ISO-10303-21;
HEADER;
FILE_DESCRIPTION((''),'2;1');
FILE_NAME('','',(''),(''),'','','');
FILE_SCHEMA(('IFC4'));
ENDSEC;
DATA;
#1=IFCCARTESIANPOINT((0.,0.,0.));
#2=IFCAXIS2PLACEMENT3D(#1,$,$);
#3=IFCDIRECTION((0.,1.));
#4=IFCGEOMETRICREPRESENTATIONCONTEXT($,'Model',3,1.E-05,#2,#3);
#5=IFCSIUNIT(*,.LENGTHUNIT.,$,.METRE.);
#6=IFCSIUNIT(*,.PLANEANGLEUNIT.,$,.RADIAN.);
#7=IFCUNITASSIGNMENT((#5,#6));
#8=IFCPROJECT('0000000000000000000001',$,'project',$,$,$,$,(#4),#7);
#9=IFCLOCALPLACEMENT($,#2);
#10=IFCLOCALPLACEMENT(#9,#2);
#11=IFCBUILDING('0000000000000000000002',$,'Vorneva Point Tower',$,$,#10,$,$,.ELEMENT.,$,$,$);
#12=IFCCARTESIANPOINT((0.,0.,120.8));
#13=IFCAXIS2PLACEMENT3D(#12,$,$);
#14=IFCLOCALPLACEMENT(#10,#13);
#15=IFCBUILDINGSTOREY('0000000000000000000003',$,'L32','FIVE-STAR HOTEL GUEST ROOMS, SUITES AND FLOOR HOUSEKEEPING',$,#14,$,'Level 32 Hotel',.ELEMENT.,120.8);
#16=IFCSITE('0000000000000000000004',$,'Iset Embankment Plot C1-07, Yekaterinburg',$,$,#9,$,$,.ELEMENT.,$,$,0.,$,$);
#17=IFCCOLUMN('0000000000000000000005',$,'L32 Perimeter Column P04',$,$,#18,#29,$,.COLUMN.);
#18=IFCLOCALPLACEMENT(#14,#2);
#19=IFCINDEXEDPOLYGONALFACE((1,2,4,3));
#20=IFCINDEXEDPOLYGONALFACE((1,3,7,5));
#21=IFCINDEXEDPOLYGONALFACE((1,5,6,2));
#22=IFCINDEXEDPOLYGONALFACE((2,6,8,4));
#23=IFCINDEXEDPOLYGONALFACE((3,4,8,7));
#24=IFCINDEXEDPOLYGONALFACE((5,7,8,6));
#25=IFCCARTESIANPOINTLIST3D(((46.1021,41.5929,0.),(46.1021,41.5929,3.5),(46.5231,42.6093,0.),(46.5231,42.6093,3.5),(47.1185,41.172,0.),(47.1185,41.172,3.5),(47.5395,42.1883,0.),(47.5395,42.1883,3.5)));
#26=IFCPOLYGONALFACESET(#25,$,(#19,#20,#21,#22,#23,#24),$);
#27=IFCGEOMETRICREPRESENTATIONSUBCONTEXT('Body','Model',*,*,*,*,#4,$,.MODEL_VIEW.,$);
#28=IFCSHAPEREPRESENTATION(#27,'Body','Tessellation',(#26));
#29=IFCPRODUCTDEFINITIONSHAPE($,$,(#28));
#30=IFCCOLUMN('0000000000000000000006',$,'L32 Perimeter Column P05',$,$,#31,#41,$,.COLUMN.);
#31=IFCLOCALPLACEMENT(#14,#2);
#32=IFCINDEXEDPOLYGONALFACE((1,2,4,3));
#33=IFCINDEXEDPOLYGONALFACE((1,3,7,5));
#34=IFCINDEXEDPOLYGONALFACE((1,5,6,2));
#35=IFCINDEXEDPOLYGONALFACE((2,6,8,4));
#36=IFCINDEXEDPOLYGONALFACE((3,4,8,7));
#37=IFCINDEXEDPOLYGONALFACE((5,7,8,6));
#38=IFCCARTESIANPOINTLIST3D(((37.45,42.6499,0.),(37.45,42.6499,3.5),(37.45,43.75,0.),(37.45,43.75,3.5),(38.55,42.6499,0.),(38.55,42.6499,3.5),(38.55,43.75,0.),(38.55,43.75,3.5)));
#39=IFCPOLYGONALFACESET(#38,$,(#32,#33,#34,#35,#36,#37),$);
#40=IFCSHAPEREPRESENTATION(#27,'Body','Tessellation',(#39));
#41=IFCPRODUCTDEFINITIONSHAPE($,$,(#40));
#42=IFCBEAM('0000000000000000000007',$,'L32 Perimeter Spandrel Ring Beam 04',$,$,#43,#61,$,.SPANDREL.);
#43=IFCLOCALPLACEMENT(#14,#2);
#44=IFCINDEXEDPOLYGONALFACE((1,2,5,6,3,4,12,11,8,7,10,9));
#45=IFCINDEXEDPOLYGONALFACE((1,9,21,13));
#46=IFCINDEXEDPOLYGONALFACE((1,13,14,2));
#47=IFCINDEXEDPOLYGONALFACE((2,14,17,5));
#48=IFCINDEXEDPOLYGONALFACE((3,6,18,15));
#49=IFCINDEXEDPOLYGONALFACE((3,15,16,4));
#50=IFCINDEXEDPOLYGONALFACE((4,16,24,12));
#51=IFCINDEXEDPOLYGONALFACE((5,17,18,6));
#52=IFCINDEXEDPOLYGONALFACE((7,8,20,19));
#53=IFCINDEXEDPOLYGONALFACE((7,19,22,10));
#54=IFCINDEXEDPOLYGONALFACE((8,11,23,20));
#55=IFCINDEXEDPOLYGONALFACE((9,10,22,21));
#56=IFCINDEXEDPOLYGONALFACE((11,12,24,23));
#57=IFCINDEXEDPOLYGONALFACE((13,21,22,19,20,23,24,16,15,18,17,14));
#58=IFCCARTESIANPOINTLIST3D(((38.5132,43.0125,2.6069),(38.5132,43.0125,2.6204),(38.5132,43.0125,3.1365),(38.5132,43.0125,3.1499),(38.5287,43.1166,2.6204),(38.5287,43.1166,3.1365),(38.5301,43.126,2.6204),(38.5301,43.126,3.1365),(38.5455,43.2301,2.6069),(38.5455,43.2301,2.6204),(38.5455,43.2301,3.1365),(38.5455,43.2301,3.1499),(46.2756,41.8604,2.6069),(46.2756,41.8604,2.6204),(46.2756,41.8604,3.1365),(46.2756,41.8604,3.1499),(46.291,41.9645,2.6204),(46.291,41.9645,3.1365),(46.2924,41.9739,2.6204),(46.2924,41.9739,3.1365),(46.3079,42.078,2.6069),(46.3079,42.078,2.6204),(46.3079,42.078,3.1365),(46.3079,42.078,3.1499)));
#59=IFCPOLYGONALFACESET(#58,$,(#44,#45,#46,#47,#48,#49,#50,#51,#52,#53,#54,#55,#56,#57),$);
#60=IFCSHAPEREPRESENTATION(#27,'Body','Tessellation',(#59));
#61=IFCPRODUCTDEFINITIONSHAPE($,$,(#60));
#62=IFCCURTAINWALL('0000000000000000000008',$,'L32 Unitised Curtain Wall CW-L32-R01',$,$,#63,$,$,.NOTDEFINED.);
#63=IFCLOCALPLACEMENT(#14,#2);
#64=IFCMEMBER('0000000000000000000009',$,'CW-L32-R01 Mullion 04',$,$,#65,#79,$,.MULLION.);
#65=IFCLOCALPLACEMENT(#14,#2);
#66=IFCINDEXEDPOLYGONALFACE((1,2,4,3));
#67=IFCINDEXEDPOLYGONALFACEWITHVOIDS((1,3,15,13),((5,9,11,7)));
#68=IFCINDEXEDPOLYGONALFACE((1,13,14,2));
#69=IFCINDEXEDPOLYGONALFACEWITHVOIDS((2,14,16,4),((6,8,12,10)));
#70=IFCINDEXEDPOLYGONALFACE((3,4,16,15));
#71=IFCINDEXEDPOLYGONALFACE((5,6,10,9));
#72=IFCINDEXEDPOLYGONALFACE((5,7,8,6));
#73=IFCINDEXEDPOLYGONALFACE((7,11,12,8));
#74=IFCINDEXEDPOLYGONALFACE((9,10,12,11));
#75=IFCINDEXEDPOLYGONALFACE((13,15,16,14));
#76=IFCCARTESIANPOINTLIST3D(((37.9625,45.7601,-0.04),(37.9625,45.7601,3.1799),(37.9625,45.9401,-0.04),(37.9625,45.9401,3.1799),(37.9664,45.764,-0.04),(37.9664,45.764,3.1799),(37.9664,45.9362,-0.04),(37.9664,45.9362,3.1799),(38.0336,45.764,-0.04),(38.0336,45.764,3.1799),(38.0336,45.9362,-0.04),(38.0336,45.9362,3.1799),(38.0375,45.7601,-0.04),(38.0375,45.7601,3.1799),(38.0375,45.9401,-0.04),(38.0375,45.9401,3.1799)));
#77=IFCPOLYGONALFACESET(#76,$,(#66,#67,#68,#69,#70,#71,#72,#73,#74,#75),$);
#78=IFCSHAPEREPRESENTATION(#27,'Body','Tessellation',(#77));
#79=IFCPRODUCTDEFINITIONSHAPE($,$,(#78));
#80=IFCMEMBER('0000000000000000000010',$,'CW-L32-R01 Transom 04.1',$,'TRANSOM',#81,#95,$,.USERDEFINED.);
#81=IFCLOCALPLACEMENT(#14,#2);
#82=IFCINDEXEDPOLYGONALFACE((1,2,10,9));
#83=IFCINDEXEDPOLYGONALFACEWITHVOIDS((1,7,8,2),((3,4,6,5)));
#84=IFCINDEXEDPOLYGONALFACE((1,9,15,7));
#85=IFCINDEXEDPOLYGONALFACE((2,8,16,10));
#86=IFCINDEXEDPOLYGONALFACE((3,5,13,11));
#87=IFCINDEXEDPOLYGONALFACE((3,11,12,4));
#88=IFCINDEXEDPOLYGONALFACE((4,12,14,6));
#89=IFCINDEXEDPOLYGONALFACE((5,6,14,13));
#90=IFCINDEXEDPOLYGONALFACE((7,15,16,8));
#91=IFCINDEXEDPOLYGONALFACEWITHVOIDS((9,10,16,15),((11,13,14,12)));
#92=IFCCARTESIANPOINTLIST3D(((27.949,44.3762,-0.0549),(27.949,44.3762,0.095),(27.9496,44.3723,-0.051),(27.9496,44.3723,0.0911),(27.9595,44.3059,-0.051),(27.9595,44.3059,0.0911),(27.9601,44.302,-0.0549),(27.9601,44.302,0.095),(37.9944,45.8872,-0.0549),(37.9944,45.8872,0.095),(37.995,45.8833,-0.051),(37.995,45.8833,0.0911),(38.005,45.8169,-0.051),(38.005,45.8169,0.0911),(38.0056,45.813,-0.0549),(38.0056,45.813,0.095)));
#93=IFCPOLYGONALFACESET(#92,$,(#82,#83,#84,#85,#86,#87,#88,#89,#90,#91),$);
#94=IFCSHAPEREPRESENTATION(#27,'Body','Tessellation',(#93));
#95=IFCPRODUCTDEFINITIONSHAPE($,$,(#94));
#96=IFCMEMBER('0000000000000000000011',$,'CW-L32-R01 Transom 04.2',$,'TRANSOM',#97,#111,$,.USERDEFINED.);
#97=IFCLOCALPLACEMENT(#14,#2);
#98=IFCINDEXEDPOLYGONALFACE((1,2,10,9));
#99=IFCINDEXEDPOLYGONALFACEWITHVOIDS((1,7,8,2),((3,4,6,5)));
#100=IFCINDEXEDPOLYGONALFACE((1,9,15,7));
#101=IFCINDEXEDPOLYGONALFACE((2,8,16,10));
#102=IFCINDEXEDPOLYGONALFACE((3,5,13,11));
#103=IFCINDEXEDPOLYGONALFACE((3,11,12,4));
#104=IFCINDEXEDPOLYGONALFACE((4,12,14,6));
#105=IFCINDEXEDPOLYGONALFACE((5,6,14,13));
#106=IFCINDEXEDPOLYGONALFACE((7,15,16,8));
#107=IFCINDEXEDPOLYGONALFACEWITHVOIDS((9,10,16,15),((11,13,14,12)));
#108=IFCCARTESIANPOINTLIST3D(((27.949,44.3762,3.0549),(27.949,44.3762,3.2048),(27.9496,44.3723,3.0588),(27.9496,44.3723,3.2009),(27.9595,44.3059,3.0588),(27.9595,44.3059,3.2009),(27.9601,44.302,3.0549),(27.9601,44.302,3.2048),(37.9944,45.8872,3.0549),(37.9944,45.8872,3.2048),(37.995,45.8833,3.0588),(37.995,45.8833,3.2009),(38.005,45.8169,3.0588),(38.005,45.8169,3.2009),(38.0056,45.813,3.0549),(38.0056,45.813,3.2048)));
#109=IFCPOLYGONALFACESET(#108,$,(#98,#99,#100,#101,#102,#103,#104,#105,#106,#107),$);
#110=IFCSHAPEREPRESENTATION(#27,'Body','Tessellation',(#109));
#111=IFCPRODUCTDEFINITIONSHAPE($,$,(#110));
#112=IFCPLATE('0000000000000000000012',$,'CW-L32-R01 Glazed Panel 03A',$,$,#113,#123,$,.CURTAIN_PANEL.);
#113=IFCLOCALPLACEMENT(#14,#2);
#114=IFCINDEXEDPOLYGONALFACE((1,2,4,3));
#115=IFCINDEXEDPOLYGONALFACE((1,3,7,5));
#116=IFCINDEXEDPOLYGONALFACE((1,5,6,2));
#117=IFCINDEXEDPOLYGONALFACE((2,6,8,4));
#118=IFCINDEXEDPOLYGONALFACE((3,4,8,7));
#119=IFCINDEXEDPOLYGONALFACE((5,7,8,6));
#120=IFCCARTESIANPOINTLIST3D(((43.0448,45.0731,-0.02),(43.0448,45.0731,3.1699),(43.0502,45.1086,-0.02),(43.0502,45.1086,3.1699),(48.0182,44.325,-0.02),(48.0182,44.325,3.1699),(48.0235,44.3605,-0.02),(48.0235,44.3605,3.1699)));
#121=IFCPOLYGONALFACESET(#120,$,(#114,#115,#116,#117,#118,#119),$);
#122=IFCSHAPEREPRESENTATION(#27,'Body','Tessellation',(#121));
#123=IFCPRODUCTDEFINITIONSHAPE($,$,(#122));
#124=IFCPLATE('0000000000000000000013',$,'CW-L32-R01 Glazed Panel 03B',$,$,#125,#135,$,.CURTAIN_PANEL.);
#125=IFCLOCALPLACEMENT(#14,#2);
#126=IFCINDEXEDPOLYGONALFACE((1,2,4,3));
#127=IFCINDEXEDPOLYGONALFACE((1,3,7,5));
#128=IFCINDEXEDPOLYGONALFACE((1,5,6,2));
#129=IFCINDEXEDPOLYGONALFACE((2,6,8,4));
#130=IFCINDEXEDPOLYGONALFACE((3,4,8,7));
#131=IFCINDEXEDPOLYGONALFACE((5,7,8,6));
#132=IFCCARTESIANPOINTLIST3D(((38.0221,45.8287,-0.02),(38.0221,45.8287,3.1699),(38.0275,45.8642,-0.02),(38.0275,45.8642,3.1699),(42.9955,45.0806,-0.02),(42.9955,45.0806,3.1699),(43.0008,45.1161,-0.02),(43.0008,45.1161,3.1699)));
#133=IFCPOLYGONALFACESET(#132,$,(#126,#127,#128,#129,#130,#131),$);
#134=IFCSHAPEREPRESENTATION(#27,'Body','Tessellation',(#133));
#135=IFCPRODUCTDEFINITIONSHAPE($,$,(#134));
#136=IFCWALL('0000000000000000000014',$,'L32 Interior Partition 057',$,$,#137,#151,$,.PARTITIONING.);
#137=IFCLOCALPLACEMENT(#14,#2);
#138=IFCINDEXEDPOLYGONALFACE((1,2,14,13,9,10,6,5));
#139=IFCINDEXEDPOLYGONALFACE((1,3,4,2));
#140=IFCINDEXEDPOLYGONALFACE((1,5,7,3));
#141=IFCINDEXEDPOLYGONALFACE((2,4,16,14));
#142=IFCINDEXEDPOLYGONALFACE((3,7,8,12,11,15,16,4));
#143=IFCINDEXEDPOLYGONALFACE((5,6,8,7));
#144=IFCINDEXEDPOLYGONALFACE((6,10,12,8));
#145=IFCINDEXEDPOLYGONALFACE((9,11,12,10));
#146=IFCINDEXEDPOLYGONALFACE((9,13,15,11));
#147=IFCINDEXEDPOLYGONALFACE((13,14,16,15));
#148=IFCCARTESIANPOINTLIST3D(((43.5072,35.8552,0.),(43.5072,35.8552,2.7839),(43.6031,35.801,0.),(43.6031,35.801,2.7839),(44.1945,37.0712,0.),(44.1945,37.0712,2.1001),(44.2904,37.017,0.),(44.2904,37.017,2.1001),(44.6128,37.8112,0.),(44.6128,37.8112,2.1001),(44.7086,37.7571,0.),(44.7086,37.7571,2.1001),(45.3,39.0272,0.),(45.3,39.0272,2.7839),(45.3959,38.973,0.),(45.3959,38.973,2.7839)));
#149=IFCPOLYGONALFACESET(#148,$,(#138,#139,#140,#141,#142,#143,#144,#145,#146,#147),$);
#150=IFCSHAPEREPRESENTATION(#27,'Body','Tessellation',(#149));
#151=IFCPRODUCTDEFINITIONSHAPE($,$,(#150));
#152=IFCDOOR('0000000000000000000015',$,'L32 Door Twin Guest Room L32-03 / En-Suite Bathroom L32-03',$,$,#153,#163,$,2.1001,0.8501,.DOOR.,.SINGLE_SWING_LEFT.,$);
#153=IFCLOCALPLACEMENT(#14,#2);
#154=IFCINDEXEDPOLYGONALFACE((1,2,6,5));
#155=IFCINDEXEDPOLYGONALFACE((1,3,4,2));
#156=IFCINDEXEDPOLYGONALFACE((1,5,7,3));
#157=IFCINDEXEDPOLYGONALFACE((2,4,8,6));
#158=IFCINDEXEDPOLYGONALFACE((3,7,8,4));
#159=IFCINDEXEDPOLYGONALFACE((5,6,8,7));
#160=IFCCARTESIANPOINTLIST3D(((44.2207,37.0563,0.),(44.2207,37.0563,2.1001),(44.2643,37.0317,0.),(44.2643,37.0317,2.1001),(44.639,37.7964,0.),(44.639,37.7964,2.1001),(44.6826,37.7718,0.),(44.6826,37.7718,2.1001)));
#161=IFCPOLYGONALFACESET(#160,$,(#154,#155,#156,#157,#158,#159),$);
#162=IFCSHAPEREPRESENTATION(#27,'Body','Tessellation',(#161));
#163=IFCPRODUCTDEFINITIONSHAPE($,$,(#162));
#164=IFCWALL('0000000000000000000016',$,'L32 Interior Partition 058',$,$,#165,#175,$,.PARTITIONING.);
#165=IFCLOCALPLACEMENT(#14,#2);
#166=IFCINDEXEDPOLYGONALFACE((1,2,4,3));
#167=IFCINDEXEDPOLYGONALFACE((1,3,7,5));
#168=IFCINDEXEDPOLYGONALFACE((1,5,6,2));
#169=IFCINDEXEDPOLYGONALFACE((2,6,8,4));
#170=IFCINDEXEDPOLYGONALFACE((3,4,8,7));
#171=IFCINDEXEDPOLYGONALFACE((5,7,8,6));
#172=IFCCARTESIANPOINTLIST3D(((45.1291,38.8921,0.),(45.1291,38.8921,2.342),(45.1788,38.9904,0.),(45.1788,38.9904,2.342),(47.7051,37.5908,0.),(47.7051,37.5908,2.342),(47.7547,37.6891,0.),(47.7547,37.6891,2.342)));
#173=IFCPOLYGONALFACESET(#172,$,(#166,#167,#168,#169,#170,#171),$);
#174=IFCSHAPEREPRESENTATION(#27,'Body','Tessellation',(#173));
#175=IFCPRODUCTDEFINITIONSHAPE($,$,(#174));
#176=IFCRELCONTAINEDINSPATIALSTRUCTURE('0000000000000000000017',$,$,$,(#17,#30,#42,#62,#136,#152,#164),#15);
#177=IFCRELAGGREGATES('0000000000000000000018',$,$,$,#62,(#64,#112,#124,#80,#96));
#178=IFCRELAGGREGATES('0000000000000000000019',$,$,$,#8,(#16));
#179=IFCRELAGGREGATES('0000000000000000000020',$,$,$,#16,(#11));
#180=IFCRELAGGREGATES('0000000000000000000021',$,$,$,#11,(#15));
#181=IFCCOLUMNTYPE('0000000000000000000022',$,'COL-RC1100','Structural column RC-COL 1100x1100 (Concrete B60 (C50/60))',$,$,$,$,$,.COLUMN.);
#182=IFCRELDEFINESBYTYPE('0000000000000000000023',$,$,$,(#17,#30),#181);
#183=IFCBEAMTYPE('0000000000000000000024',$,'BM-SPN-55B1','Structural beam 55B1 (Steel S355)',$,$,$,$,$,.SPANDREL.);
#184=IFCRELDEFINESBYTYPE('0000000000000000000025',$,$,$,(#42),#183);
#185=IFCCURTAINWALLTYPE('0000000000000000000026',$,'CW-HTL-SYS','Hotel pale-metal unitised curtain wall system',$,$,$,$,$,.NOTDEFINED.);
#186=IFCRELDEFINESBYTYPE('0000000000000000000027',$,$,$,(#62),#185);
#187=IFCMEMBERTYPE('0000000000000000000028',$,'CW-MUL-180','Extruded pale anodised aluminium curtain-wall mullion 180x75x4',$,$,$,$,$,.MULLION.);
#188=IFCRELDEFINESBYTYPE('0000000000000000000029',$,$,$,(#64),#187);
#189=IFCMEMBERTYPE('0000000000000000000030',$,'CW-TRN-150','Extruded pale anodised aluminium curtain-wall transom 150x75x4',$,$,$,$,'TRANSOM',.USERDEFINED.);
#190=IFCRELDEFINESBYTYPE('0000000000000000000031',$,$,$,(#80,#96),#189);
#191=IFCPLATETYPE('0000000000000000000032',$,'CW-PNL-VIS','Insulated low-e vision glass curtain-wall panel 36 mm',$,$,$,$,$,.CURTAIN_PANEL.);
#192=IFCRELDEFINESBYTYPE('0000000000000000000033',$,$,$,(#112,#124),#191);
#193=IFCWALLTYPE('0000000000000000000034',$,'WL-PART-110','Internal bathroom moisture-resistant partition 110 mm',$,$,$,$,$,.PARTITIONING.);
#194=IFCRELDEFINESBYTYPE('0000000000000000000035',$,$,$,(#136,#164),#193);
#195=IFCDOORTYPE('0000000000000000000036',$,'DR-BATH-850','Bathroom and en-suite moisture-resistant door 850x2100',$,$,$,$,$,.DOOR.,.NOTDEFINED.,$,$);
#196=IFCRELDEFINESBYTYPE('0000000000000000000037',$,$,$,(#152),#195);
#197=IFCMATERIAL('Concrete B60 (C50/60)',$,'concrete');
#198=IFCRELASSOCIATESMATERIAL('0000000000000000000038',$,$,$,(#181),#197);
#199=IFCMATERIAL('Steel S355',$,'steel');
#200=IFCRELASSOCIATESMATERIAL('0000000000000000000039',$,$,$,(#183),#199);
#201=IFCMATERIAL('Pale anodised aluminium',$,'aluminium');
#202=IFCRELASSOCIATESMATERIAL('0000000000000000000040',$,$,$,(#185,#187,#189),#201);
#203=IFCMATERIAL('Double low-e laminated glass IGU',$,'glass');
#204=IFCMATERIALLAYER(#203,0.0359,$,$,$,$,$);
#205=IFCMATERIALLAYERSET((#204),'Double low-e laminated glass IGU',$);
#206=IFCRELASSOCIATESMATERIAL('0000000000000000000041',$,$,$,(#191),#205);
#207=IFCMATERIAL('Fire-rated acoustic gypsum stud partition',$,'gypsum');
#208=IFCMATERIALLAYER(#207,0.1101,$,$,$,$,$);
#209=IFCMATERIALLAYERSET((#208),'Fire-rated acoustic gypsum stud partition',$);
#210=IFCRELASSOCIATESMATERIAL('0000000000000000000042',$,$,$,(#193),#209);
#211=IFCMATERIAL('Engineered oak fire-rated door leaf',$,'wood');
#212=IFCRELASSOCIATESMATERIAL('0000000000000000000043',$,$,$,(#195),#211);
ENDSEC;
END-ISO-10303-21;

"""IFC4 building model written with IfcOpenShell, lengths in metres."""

from ifc_helpers import new_model, si_unit, direction, frame, frame_2d, origin, origin_2d, place, context, subcontext, project, spatial, rectangle, hollow_rectangle, i_section, extrude, material, layer, layer_set, material_profile, profile_set, type_object, element, fill, aggregate, save


model = new_model("IFC4")

# Units and contexts
model_context = context("Model", 3, precision=1e-05, world=origin(), true_north=direction((0.0, 1.0)))
body_context = subcontext(model_context, "Body", "Model", "MODEL_VIEW")
ifc_project = project(units=[si_unit("LENGTHUNIT", "METRE"), si_unit("PLANEANGLEUNIT", "RADIAN")], contexts=[model_context])

# Site, building, storey
site_placement = place(None, origin())
site = spatial("IfcSite", under=ifc_project, at=site_placement, Name="Iset Embankment Plot C1-07, Yekaterinburg", CompositionType="ELEMENT", RefElevation=0.0)
building_placement = place(site_placement, origin())
building = spatial("IfcBuilding", under=site, at=building_placement, Name="Vorneva Point Tower", CompositionType="ELEMENT")
storey_placement = place(building_placement, frame((0.0, 0.0, 120.8)))
storey = spatial("IfcBuildingStorey", under=building, at=storey_placement, Name="L32", Description="FIVE-STAR HOTEL GUEST ROOMS, SUITES AND FLOOR HOUSEKEEPING", LongName="Level 32 Hotel", CompositionType="ELEMENT", Elevation=120.8)

# Columns
ifc_material_1 = material(Name="Concrete B60 (C50/60)", Category="concrete")
ifc_material_profile_1 = material_profile(ifc_material_1, rectangle(XDim=1.1001, YDim=1.1001, at=origin_2d()), Name="RC-COL 1100x1100")
ifc_profile_set_1 = profile_set([ifc_material_profile_1], Name="Concrete B60 (C50/60)")
column_type = type_object("IfcColumnType", Name="COL-RC1100", Description="Structural column RC-COL 1100x1100 (Concrete B60 (C50/60))", PredefinedType="COLUMN", material=ifc_profile_set_1)
for number, where, z_axis, x_axis, name in (
    (1, (46.8208, 41.8906, 0.0), (0.0, 0.0, 1.0), (0.382683, 0.92388, 0.0), "L32 Perimeter Column P04"),
    (2, (38.0, 43.2, 0.0), (0.0, 0.0, 1.0), (0.0, 1.0, 0.0), "L32 Perimeter Column P05"),
):
    element("IfcColumn", number, at=place(storey_placement, frame(where, z_axis=z_axis, x_axis=x_axis)), inside=storey, type_object=column_type, Name=name, PredefinedType="COLUMN", context=body_context, shape_type="SweptSolid", body=[
        extrude(rectangle(XDim=1.1001, YDim=1.1001, at=origin_2d()), origin(), (0.0, 0.0, 1.0), 3.5),
    ])

# Beam
ifc_material_2 = material(Name="Steel S355", Category="steel")
ifc_material_profile_2 = material_profile(ifc_material_2, i_section(OverallWidth=0.22, OverallDepth=0.543, WebThickness=0.0095, FlangeThickness=0.0134, at=origin_2d()), Name="55B1")
ifc_profile_set_2 = profile_set([ifc_material_profile_2], Name="Steel S355")
beam_type = type_object("IfcBeamType", Name="BM-SPN-55B1", Description="Structural beam 55B1 (Steel S355)", PredefinedType="SPANDREL", material=ifc_profile_set_2)
beam_placement = place(storey_placement, frame((46.2917, 41.9692, 2.8784), z_axis=(-0.989165, 0.146811, 0.0), x_axis=(-0.146811, -0.989165, 0.0)))
element("IfcBeam", 3, at=beam_placement, inside=storey, type_object=beam_type, Name="L32 Perimeter Spandrel Ring Beam 04", PredefinedType="SPANDREL", context=body_context, shape_type="SweptSolid", body=[
    extrude(i_section(OverallWidth=0.22, OverallDepth=0.543, WebThickness=0.0095, FlangeThickness=0.0134, at=origin_2d()), origin(), (0.0, 0.0, 1.0), 7.8474),
])

# Curtain wall, members, plates
ifc_material_3 = material(Name="Pale anodised aluminium", Category="aluminium")
curtain_wall_type = type_object("IfcCurtainWallType", Name="CW-HTL-SYS", Description="Hotel pale-metal unitised curtain wall system", PredefinedType="NOTDEFINED", material=ifc_material_3)
curtain_wall_placement = place(storey_placement, origin())
curtain_wall = element("IfcCurtainWall", 4, at=curtain_wall_placement, inside=storey, type_object=curtain_wall_type, Name="L32 Unitised Curtain Wall CW-L32-R01", PredefinedType="NOTDEFINED")
ifc_material_profile_3 = material_profile(ifc_material_3, hollow_rectangle(XDim=0.075, YDim=0.1799, WallThickness=0.0039, at=origin_2d()), Name="AL-MUL 180x75x4")
ifc_profile_set_3 = profile_set([ifc_material_profile_3], Name="Pale anodised aluminium")
member_type_1 = type_object("IfcMemberType", Name="CW-MUL-180", Description="Extruded pale anodised aluminium curtain-wall mullion 180x75x4", PredefinedType="MULLION", material=ifc_profile_set_3)
member_1_placement = place(storey_placement, frame((38.0, 45.8501, -0.04), z_axis=(0.0, 0.0, 1.0), x_axis=(1.0, 0.0, 0.0)))
member_1 = element("IfcMember", 5, at=member_1_placement, type_object=member_type_1, Name="CW-L32-R01 Mullion 04", PredefinedType="MULLION", context=body_context, shape_type="SweptSolid", body=[
    extrude(hollow_rectangle(XDim=0.075, YDim=0.1799, WallThickness=0.0039, at=origin_2d()), origin(), (0.0, 0.0, 1.0), 3.22),
])
ifc_material_profile_4 = material_profile(ifc_material_3, hollow_rectangle(XDim=0.075, YDim=0.1499, WallThickness=0.0039, at=origin_2d()), Name="AL-TRN 150x75x4")
ifc_profile_set_4 = profile_set([ifc_material_profile_4], Name="Pale anodised aluminium")
member_type_2 = type_object("IfcMemberType", Name="CW-TRN-150", Description="Extruded pale anodised aluminium curtain-wall transom 150x75x4", ElementType="TRANSOM", PredefinedType="USERDEFINED", material=ifc_profile_set_4)
member_2_placement = place(storey_placement, frame((38.0, 45.8501, 0.02), z_axis=(-0.988876, -0.148742, 0.0), x_axis=(0.148742, -0.988876, 0.0)))
member_2 = element("IfcMember", 6, at=member_2_placement, type_object=member_type_2, Name="CW-L32-R01 Transom 04.1", ObjectType="TRANSOM", PredefinedType="USERDEFINED", context=body_context, shape_type="SweptSolid", body=[
    extrude(hollow_rectangle(XDim=0.075, YDim=0.1499, WallThickness=0.0039, at=origin_2d()), origin(), (0.0, 0.0, 1.0), 10.1584),
])
member_3_placement = place(storey_placement, frame((38.0, 45.8501, 3.1299), z_axis=(-0.988876, -0.148742, 0.0), x_axis=(0.148742, -0.988876, 0.0)))
member_3 = element("IfcMember", 7, at=member_3_placement, type_object=member_type_2, Name="CW-L32-R01 Transom 04.2", ObjectType="TRANSOM", PredefinedType="USERDEFINED", context=body_context, shape_type="SweptSolid", body=[
    extrude(hollow_rectangle(XDim=0.075, YDim=0.1499, WallThickness=0.0039, at=origin_2d()), origin(), (0.0, 0.0, 1.0), 10.1584),
])
ifc_material_4 = material(Name="Double low-e laminated glass IGU", Category="glass")
ifc_layer_1 = layer(ifc_material_4, 0.0359)
ifc_layer_set_1 = layer_set([ifc_layer_1], Name="Double low-e laminated glass IGU")
plate_type = type_object("IfcPlateType", Name="CW-PNL-VIS", Description="Insulated low-e vision glass curtain-wall panel 36 mm", PredefinedType="CURTAIN_PANEL", material=ifc_layer_set_1)
plate_1_placement = place(storey_placement, frame((45.5342, 44.7168, -0.02), z_axis=(0.0, 0.0, 1.0), x_axis=(-0.988876, 0.148741, 0.0)))
plate_1 = element("IfcPlate", 8, at=plate_1_placement, type_object=plate_type, Name="CW-L32-R01 Glazed Panel 03A", PredefinedType="CURTAIN_PANEL", context=body_context, shape_type="SweptSolid", body=[
    extrude(rectangle(XDim=5.0293, YDim=0.0359, at=origin_2d()), origin(), (0.0, 0.0, 1.0), 3.1899),
])
plate_2_placement = place(storey_placement, frame((40.5115, 45.4724, -0.02), z_axis=(0.0, 0.0, 1.0), x_axis=(-0.988876, 0.148741, 0.0)))
plate_2 = element("IfcPlate", 9, at=plate_2_placement, type_object=plate_type, Name="CW-L32-R01 Glazed Panel 03B", PredefinedType="CURTAIN_PANEL", context=body_context, shape_type="SweptSolid", body=[
    extrude(rectangle(XDim=5.0293, YDim=0.0359, at=origin_2d()), origin(), (0.0, 0.0, 1.0), 3.1899),
])
aggregate(curtain_wall, [member_1, plate_1, plate_2, member_2, member_3])

# Wall, opening, door
ifc_material_5 = material(Name="Fire-rated acoustic gypsum stud partition", Category="gypsum")
ifc_layer_2 = layer(ifc_material_5, 0.1101)
ifc_layer_set_2 = layer_set([ifc_layer_2], Name="Fire-rated acoustic gypsum stud partition")
wall_type_1 = type_object("IfcWallType", Name="WL-PART-110", Description="Internal bathroom moisture-resistant partition 110 mm", PredefinedType="PARTITIONING", material=ifc_layer_set_2)
wall_1_placement = place(storey_placement, frame((43.5552, 35.8281, 0.0), z_axis=(0.0, 0.0, 1.0), x_axis=(0.492042, 0.870572, 0.0)))
wall_1 = element("IfcWall", 10, at=wall_1_placement, inside=storey, type_object=wall_type_1, Name="L32 Interior Partition 057", PredefinedType="PARTITIONING", context=body_context, shape_type="SweptSolid", body=[
    extrude(rectangle(XDim=3.6436, YDim=0.1101, at=frame_2d((1.8218, 0.0))), origin(), (0.0, 0.0, 1.0), 2.7839),
])
opening_1_placement = place(wall_1_placement, frame((1.3967, 0.0, 0.0)))
opening_1 = element("IfcOpeningElement", 11, at=opening_1_placement, cuts=wall_1, PredefinedType="OPENING", context=body_context, shape_type="SweptSolid", body=[
    extrude(rectangle(XDim=0.8501, YDim=2.1001, at=frame_2d((0.425, 1.05))), frame((0.0, 0.0698, 0.0), z_axis=(0.0, -1.0, 0.0), x_axis=(1.0, 0.0, 0.0)), (0.0, 0.0, 1.0), 0.1399),
])
ifc_material_6 = material(Name="Engineered oak fire-rated door leaf", Category="wood")
door_type_1 = type_object("IfcDoorType", Name="DR-BATH-850", Description="Bathroom and en-suite moisture-resistant door 850x2100", OperationType="NOTDEFINED", PredefinedType="DOOR", material=ifc_material_6)
door_1_placement = place(opening_1_placement, origin())
door_1 = element("IfcDoor", 12, at=door_1_placement, inside=storey, type_object=door_type_1, Name="L32 Door Twin Guest Room L32-03 / En-Suite Bathroom L32-03", OperationType="SINGLE_SWING_LEFT", OverallHeight=2.1001, OverallWidth=0.8501, PredefinedType="DOOR", context=body_context, shape_type="SweptSolid", body=[
    extrude(rectangle(XDim=0.8501, YDim=2.1001, at=frame_2d((0.425, 1.05))), frame((0.0, 0.0249, 0.0), z_axis=(0.0, -1.0, 0.0), x_axis=(1.0, 0.0, 0.0)), (0.0, 0.0, 1.0), 0.05),
])
fill(opening_1, door_1)

# Wall
wall_2_placement = place(storey_placement, frame((45.1541, 38.9412, 0.0), z_axis=(0.0, 0.0, 1.0), x_axis=(0.892575, -0.450898, 0.0)))
element("IfcWall", 13, at=wall_2_placement, inside=storey, type_object=wall_type_1, Name="L32 Interior Partition 058", PredefinedType="PARTITIONING", context=body_context, shape_type="SweptSolid", body=[
    extrude(rectangle(XDim=2.886, YDim=0.1101, at=frame_2d((1.4429, 0.0))), origin(), (0.0, 0.0, 1.0), 2.342),
])

save(model, "model.ifc")
